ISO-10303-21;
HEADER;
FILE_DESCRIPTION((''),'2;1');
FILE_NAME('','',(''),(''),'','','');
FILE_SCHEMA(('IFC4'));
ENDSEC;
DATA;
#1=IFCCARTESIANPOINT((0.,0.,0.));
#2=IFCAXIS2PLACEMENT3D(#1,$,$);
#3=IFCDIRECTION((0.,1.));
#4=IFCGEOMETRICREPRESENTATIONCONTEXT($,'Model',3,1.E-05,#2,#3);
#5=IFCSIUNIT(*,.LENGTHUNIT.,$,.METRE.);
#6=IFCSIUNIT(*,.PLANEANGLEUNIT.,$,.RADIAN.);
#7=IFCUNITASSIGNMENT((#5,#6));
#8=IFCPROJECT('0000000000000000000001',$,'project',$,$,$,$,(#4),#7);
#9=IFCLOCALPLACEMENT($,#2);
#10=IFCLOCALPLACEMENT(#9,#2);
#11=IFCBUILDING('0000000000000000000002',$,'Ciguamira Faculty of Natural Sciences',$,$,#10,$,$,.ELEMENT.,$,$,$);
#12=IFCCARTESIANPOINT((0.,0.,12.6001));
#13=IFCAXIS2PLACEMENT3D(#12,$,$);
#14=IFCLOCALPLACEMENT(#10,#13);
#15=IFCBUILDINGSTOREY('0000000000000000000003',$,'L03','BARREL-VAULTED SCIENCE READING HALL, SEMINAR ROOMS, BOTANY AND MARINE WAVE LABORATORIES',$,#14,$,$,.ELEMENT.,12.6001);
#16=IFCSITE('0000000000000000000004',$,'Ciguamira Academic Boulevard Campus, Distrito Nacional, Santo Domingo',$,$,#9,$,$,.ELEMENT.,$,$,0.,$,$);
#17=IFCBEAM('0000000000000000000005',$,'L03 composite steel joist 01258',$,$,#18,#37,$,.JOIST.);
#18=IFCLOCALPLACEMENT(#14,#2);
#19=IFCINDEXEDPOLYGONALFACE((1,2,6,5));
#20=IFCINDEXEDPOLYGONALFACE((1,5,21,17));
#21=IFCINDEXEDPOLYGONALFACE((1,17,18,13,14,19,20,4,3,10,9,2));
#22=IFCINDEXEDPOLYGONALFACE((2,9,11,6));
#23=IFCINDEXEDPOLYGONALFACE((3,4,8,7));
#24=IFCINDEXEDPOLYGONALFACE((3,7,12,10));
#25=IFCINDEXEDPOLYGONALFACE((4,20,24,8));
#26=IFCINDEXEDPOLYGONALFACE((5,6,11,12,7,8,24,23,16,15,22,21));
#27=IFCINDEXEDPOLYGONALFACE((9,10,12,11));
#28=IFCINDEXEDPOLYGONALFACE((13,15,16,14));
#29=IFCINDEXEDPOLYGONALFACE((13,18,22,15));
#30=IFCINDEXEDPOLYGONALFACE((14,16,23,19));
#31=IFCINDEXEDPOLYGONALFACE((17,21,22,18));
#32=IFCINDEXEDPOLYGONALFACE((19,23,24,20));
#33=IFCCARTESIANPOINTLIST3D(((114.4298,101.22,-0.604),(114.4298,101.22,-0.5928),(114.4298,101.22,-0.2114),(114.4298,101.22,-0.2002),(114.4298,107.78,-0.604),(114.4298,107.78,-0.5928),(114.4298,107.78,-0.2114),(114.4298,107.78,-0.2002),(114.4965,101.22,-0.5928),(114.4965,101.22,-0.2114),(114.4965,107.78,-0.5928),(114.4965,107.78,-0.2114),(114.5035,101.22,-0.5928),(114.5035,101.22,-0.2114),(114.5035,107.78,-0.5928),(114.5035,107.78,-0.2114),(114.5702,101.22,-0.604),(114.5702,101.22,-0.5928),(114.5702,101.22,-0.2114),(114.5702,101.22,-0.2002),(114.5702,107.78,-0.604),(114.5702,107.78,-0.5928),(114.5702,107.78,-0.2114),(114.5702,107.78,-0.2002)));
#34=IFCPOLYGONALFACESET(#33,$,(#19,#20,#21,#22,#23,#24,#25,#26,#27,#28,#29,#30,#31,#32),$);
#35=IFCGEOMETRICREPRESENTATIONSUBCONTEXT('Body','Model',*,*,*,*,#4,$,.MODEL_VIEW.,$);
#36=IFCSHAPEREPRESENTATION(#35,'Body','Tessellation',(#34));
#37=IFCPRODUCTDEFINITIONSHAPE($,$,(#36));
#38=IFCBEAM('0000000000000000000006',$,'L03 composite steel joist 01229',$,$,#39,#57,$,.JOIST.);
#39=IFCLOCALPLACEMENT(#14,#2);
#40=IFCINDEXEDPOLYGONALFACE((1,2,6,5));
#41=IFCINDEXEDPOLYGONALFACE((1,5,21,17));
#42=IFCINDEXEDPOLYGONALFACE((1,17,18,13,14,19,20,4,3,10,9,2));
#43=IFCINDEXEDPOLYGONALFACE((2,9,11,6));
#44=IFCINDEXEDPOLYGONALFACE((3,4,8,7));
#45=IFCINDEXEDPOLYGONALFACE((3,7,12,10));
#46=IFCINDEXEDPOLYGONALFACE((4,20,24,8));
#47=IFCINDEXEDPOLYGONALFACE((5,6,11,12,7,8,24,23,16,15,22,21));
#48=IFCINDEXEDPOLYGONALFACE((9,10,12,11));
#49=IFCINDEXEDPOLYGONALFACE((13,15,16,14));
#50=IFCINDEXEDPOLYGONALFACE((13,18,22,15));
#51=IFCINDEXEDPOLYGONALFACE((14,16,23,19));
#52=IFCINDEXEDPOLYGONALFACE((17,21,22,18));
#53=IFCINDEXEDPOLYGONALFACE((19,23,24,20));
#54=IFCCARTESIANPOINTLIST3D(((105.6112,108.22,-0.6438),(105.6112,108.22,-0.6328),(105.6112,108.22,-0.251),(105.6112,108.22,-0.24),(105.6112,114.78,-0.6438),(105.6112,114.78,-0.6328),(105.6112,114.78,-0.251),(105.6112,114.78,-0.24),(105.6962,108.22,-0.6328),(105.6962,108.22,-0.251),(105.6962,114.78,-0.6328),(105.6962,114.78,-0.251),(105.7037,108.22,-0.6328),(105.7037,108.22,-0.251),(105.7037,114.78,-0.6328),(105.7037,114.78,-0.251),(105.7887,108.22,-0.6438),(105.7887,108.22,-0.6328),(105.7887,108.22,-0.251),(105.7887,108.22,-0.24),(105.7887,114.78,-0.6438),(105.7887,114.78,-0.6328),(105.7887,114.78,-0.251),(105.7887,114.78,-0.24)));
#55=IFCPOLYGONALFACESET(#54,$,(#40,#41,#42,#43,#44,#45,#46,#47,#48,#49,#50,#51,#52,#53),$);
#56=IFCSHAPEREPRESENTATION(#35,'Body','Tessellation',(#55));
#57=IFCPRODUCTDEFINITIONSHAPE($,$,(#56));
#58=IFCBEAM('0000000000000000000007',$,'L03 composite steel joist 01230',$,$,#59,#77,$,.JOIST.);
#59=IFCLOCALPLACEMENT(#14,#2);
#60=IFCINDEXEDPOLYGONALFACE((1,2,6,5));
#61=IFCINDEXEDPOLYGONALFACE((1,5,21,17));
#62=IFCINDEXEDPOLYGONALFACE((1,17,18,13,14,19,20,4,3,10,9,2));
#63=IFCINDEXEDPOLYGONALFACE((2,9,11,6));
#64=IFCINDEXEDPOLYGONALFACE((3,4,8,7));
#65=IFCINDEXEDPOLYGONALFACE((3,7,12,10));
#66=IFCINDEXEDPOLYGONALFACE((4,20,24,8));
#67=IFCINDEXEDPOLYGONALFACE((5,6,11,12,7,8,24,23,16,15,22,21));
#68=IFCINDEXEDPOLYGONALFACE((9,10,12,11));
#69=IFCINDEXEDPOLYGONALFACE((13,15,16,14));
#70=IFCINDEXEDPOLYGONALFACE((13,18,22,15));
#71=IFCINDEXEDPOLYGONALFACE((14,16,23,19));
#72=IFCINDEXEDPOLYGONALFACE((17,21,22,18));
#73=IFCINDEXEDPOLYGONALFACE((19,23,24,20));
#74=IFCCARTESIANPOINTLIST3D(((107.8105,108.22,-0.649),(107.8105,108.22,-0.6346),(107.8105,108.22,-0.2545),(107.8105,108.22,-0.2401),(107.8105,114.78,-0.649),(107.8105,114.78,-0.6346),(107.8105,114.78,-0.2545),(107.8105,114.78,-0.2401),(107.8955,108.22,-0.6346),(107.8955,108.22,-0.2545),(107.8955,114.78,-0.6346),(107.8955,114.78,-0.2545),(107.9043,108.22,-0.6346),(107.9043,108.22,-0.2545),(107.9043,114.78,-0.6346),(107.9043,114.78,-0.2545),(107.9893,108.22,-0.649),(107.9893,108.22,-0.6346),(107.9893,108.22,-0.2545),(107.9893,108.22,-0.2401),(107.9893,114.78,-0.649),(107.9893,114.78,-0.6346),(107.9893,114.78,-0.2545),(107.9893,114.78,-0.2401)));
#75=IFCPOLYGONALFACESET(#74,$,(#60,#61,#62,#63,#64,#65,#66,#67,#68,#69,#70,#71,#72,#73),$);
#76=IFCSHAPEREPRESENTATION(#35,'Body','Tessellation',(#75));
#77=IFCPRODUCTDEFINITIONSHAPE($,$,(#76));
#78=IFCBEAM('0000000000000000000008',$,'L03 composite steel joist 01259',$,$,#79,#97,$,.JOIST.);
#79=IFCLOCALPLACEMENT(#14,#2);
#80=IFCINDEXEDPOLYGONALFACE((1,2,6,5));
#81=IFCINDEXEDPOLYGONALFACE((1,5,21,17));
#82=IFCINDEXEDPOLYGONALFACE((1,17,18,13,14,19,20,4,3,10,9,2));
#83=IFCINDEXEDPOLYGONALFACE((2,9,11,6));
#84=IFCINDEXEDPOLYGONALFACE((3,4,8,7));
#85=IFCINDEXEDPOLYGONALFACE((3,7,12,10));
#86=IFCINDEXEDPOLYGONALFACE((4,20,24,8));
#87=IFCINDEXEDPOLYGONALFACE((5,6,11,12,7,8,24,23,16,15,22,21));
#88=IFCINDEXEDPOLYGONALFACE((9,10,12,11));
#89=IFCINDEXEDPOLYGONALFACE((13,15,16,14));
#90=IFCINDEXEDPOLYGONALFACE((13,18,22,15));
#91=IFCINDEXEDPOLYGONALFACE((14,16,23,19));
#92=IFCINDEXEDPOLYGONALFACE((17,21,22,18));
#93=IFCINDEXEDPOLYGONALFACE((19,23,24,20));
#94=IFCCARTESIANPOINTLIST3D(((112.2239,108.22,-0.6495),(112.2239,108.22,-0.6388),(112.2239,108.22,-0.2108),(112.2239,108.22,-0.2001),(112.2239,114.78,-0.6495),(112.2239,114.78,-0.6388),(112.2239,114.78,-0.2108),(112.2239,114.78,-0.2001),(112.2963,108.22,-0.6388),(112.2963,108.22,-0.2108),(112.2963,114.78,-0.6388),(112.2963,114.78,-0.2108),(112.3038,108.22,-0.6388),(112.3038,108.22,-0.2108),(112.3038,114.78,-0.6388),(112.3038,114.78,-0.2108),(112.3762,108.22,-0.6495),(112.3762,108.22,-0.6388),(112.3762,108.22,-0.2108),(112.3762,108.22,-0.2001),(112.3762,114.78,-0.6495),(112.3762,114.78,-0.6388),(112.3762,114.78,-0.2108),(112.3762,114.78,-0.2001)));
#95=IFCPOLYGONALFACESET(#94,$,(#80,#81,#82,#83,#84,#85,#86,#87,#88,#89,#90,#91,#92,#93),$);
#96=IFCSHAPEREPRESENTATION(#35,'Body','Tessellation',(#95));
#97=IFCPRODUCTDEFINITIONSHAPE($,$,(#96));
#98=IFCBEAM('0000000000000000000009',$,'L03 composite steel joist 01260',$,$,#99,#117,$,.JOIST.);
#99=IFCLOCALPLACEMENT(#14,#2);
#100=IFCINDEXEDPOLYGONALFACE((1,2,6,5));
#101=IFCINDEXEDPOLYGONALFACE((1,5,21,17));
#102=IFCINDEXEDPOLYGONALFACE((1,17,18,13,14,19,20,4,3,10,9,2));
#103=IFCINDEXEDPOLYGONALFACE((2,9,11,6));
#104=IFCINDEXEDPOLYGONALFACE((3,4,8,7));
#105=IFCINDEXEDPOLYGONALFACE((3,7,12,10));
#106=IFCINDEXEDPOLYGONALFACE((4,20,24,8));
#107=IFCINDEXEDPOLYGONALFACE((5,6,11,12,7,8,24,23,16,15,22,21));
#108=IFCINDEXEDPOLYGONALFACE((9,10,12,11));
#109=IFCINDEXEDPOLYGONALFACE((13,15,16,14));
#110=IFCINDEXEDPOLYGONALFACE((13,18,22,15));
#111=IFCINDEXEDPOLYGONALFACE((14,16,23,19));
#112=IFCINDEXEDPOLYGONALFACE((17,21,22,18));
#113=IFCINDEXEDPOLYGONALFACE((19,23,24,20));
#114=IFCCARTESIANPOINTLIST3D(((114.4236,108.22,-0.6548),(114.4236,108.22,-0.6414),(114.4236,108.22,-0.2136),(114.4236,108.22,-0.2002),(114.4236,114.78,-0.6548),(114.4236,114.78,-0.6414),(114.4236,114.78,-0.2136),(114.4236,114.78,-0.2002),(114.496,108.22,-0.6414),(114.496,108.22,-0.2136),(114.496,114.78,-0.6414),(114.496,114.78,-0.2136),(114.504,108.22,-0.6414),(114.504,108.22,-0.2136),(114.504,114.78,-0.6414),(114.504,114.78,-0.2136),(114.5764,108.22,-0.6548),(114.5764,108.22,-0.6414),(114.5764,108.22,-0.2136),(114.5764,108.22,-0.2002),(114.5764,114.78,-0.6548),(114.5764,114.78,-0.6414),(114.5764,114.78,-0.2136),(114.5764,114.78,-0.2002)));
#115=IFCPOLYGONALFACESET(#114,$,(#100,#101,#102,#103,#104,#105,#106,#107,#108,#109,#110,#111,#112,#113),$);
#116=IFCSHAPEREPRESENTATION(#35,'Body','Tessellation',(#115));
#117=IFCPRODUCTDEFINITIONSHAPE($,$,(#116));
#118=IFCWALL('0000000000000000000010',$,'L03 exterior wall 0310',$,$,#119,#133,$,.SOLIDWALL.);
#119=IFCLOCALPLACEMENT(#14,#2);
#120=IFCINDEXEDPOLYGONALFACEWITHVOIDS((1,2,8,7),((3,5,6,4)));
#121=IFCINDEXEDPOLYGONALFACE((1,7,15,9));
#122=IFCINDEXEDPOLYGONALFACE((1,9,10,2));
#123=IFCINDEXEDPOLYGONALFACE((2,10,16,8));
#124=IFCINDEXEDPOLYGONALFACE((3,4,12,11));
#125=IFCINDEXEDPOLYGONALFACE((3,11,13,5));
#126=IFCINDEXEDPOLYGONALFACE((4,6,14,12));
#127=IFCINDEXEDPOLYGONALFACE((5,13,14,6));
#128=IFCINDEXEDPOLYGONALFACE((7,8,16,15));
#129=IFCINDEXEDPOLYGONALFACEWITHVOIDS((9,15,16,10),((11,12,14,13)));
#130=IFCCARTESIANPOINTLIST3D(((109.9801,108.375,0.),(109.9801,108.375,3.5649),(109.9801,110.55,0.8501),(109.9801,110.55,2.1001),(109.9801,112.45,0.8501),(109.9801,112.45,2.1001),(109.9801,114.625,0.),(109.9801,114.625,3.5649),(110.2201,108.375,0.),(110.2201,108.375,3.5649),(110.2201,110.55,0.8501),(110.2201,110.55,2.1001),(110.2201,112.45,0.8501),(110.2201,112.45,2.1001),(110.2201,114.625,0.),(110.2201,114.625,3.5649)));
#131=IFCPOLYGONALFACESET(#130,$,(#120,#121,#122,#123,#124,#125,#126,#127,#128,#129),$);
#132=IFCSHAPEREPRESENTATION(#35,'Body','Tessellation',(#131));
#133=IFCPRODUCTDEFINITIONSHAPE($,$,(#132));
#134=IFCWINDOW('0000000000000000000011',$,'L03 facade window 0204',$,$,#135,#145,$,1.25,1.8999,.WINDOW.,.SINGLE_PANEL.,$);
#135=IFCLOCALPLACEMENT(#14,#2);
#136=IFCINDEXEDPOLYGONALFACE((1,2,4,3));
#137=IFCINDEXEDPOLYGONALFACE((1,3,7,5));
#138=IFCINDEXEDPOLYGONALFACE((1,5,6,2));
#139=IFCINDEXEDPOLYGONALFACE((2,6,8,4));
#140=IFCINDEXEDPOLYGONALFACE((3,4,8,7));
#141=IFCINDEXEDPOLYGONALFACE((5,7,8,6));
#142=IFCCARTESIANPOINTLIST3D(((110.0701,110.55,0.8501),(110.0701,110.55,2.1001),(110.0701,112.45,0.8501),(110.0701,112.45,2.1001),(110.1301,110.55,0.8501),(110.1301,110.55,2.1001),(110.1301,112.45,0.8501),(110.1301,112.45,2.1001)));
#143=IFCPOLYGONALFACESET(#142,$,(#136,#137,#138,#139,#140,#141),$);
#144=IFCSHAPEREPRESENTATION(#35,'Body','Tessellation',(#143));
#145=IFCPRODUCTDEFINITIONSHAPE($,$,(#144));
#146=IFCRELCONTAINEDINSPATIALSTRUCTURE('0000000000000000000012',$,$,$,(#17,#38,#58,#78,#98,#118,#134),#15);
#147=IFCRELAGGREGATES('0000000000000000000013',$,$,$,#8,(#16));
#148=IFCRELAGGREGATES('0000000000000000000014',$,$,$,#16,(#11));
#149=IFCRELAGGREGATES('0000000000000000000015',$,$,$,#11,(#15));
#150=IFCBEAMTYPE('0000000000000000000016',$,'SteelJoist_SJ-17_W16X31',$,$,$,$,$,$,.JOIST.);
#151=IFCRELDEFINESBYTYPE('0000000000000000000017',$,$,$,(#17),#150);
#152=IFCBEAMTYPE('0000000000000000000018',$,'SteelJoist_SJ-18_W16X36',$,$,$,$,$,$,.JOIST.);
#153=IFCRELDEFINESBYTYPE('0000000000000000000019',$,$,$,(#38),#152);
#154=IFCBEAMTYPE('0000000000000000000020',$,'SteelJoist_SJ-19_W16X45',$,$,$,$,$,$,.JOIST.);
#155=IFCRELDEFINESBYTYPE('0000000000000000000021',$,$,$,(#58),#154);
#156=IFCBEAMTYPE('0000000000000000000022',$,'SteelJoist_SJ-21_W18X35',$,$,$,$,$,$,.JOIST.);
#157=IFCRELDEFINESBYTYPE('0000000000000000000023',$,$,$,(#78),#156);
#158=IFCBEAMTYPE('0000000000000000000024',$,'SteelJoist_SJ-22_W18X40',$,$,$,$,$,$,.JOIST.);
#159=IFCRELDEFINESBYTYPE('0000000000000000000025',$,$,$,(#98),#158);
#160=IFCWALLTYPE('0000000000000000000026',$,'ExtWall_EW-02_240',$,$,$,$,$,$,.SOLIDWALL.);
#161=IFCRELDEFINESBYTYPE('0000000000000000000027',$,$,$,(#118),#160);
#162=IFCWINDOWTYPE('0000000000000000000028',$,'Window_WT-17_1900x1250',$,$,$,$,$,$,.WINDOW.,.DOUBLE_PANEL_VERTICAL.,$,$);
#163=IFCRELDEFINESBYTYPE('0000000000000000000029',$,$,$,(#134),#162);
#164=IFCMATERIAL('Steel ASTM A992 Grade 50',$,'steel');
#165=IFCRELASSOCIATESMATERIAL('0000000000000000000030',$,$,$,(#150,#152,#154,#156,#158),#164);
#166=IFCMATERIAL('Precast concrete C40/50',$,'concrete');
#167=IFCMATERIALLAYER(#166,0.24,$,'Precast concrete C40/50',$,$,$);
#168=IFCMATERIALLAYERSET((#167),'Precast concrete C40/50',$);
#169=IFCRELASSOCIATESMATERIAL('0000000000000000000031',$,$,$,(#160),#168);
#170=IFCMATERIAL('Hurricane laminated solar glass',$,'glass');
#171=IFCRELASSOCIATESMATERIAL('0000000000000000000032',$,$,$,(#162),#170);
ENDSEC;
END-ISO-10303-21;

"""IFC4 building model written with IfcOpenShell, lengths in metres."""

from ifc_helpers import new_model, si_unit, direction, frame, frame_2d, origin, origin_2d, place, context, subcontext, project, spatial, rectangle, i_section, extrude, material, layer, layer_set, material_profile, profile_set, type_object, element, fill, save


model = new_model("IFC4")

# Units and contexts
model_context = context("Model", 3, precision=1e-05, world=origin(), true_north=direction((0.0, 1.0)))
body_context = subcontext(model_context, "Body", "Model", "MODEL_VIEW")
ifc_project = project(units=[si_unit("LENGTHUNIT", "METRE"), si_unit("PLANEANGLEUNIT", "RADIAN")], contexts=[model_context])

# Site, building, storey
site_placement = place(None, origin())
site = spatial("IfcSite", under=ifc_project, at=site_placement, Name="Ciguamira Academic Boulevard Campus, Distrito Nacional, Santo Domingo", CompositionType="ELEMENT", RefElevation=0.0)
building_placement = place(site_placement, origin())
building = spatial("IfcBuilding", under=site, at=building_placement, Name="Ciguamira Faculty of Natural Sciences", CompositionType="ELEMENT")
storey_placement = place(building_placement, frame((0.0, 0.0, 12.6001)))
storey = spatial("IfcBuildingStorey", under=building, at=storey_placement, Name="L03", Description="BARREL-VAULTED SCIENCE READING HALL, SEMINAR ROOMS, BOTANY AND MARINE WAVE LABORATORIES", CompositionType="ELEMENT", Elevation=12.6001)

# Beams
ifc_material_1 = material(Name="Precast concrete C40/50", Category="concrete")
ifc_material_2 = material(Name="Steel ASTM A992 Grade 50", Category="steel")
ifc_material_profile_1 = material_profile(ifc_material_2, i_section(OverallWidth=0.1404, OverallDepth=0.4038, WebThickness=0.0071, FlangeThickness=0.0112, at=origin_2d()), Name="W16X31")
ifc_profile_set_1 = profile_set([ifc_material_profile_1], Name="Steel ASTM A992 Grade 50")
beam_type_1 = type_object("IfcBeamType", Name="SteelJoist_SJ-17_W16X31", PredefinedType="JOIST", material=ifc_profile_set_1)
beam_1_placement = place(storey_placement, frame((114.5, 101.22, -0.4021), z_axis=(0.0, 1.0, 0.0), x_axis=(-1.0, 0.0, 0.0)))
element("IfcBeam", 1, at=beam_1_placement, inside=storey, type_object=beam_type_1, Name="L03 composite steel joist 01258", PredefinedType="JOIST", context=body_context, shape_type="SweptSolid", body=[
    extrude(i_section(OverallWidth=0.1404, OverallDepth=0.4038, WebThickness=0.0071, FlangeThickness=0.0112, at=origin_2d()), origin(), (0.0, 0.0, 1.0), 6.5601),
])
ifc_material_profile_2 = material_profile(ifc_material_2, i_section(OverallWidth=0.1775, OverallDepth=0.4038, WebThickness=0.0076, FlangeThickness=0.011, at=origin_2d()), Name="W16X36")
ifc_profile_set_2 = profile_set([ifc_material_profile_2], Name="Steel ASTM A992 Grade 50")
beam_type_2 = type_object("IfcBeamType", Name="SteelJoist_SJ-18_W16X36", PredefinedType="JOIST", material=ifc_profile_set_2)
beam_2_placement = place(storey_placement, frame((105.7, 108.22, -0.4419), z_axis=(0.0, 1.0, 0.0), x_axis=(-1.0, 0.0, 0.0)))
element("IfcBeam", 2, at=beam_2_placement, inside=storey, type_object=beam_type_2, Name="L03 composite steel joist 01229", PredefinedType="JOIST", context=body_context, shape_type="SweptSolid", body=[
    extrude(i_section(OverallWidth=0.1775, OverallDepth=0.4038, WebThickness=0.0076, FlangeThickness=0.011, at=origin_2d()), origin(), (0.0, 0.0, 1.0), 6.5601),
])
ifc_material_profile_3 = material_profile(ifc_material_2, i_section(OverallWidth=0.1787, OverallDepth=0.4089, WebThickness=0.0088, FlangeThickness=0.0144, at=origin_2d()), Name="W16X45")
ifc_profile_set_3 = profile_set([ifc_material_profile_3], Name="Steel ASTM A992 Grade 50")
beam_type_3 = type_object("IfcBeamType", Name="SteelJoist_SJ-19_W16X45", PredefinedType="JOIST", material=ifc_profile_set_3)
beam_3_placement = place(storey_placement, frame((107.8999, 108.22, -0.4446), z_axis=(0.0, 1.0, 0.0), x_axis=(-1.0, 0.0, 0.0)))
element("IfcBeam", 3, at=beam_3_placement, inside=storey, type_object=beam_type_3, Name="L03 composite steel joist 01230", PredefinedType="JOIST", context=body_context, shape_type="SweptSolid", body=[
    extrude(i_section(OverallWidth=0.1787, OverallDepth=0.4089, WebThickness=0.0088, FlangeThickness=0.0144, at=origin_2d()), origin(), (0.0, 0.0, 1.0), 6.5601),
])
ifc_material_profile_4 = material_profile(ifc_material_2, i_section(OverallWidth=0.1523, OverallDepth=0.4495, WebThickness=0.0076, FlangeThickness=0.0107, at=origin_2d()), Name="W18X35")
ifc_profile_set_4 = profile_set([ifc_material_profile_4], Name="Steel ASTM A992 Grade 50")
beam_type_4 = type_object("IfcBeamType", Name="SteelJoist_SJ-21_W18X35", PredefinedType="JOIST", material=ifc_profile_set_4)
beam_4_placement = place(storey_placement, frame((112.3, 108.22, -0.4248), z_axis=(0.0, 1.0, 0.0), x_axis=(-1.0, 0.0, 0.0)))
element("IfcBeam", 4, at=beam_4_placement, inside=storey, type_object=beam_type_4, Name="L03 composite steel joist 01259", PredefinedType="JOIST", context=body_context, shape_type="SweptSolid", body=[
    extrude(i_section(OverallWidth=0.1523, OverallDepth=0.4495, WebThickness=0.0076, FlangeThickness=0.0107, at=origin_2d()), origin(), (0.0, 0.0, 1.0), 6.5601),
])
ifc_material_profile_5 = material_profile(ifc_material_2, i_section(OverallWidth=0.1528, OverallDepth=0.4546, WebThickness=0.0081, FlangeThickness=0.0134, at=origin_2d()), Name="W18X40")
ifc_profile_set_5 = profile_set([ifc_material_profile_5], Name="Steel ASTM A992 Grade 50")
beam_type_5 = type_object("IfcBeamType", Name="SteelJoist_SJ-22_W18X40", PredefinedType="JOIST", material=ifc_profile_set_5)
beam_5_placement = place(storey_placement, frame((114.5, 108.22, -0.4275), z_axis=(0.0, 1.0, 0.0), x_axis=(-1.0, 0.0, 0.0)))
element("IfcBeam", 5, at=beam_5_placement, inside=storey, type_object=beam_type_5, Name="L03 composite steel joist 01260", PredefinedType="JOIST", context=body_context, shape_type="SweptSolid", body=[
    extrude(i_section(OverallWidth=0.1528, OverallDepth=0.4546, WebThickness=0.0081, FlangeThickness=0.0134, at=origin_2d()), origin(), (0.0, 0.0, 1.0), 6.5601),
])

# Shared definitions
ifc_layer_1 = layer(ifc_material_1, 0.24, Name="Precast concrete C40/50")
ifc_layer_set_1 = layer_set([ifc_layer_1], Name="Precast concrete C40/50")
wall_type_1 = type_object("IfcWallType", Name="ExtWall_EW-02_240", PredefinedType="SOLIDWALL", material=ifc_layer_set_1)

# Wall, opening, window
wall_1_placement = place(storey_placement, frame((110.1001, 108.375, 0.0), z_axis=(0.0, 0.0, 1.0), x_axis=(0.0, 1.0, 0.0)))
wall_1 = element("IfcWall", 6, at=wall_1_placement, inside=storey, type_object=wall_type_1, Name="L03 exterior wall 0310", PredefinedType="SOLIDWALL", context=body_context, shape_type="SweptSolid", body=[
    extrude(rectangle(XDim=6.25, YDim=0.24, at=frame_2d((3.125, 0.0))), origin(), (0.0, 0.0, 1.0), 3.5649),
])
opening_1_placement = place(wall_1_placement, frame((2.175, 0.0, 0.8501)))
opening_1 = element("IfcOpeningElement", 7, at=opening_1_placement, cuts=wall_1, PredefinedType="OPENING", context=body_context, shape_type="SweptSolid", body=[
    extrude(rectangle(XDim=1.8999, YDim=1.25, at=frame_2d((0.95, 0.625))), frame((0.0, 0.1299, 0.0), z_axis=(0.0, -1.0, 0.0), x_axis=(1.0, 0.0, 0.0)), (0.0, 0.0, 1.0), 0.26),
])
ifc_material_3 = material(Name="Hurricane laminated solar glass", Category="glass")
window_type = type_object("IfcWindowType", Name="Window_WT-17_1900x1250", PartitioningType="DOUBLE_PANEL_VERTICAL", PredefinedType="WINDOW", material=ifc_material_3)
window_placement = place(opening_1_placement, origin())
window = element("IfcWindow", 8, at=window_placement, inside=storey, type_object=window_type, Name="L03 facade window 0204", OverallHeight=1.25, OverallWidth=1.8999, PartitioningType="SINGLE_PANEL", PredefinedType="WINDOW", context=body_context, shape_type="SweptSolid", body=[
    extrude(rectangle(XDim=1.8999, YDim=1.25, at=frame_2d((0.95, 0.625))), frame((0.0, 0.03, 0.0), z_axis=(0.0, -1.0, 0.0), x_axis=(1.0, 0.0, 0.0)), (0.0, 0.0, 1.0), 0.0601),
])
fill(opening_1, window)

save(model, "model.ifc")
